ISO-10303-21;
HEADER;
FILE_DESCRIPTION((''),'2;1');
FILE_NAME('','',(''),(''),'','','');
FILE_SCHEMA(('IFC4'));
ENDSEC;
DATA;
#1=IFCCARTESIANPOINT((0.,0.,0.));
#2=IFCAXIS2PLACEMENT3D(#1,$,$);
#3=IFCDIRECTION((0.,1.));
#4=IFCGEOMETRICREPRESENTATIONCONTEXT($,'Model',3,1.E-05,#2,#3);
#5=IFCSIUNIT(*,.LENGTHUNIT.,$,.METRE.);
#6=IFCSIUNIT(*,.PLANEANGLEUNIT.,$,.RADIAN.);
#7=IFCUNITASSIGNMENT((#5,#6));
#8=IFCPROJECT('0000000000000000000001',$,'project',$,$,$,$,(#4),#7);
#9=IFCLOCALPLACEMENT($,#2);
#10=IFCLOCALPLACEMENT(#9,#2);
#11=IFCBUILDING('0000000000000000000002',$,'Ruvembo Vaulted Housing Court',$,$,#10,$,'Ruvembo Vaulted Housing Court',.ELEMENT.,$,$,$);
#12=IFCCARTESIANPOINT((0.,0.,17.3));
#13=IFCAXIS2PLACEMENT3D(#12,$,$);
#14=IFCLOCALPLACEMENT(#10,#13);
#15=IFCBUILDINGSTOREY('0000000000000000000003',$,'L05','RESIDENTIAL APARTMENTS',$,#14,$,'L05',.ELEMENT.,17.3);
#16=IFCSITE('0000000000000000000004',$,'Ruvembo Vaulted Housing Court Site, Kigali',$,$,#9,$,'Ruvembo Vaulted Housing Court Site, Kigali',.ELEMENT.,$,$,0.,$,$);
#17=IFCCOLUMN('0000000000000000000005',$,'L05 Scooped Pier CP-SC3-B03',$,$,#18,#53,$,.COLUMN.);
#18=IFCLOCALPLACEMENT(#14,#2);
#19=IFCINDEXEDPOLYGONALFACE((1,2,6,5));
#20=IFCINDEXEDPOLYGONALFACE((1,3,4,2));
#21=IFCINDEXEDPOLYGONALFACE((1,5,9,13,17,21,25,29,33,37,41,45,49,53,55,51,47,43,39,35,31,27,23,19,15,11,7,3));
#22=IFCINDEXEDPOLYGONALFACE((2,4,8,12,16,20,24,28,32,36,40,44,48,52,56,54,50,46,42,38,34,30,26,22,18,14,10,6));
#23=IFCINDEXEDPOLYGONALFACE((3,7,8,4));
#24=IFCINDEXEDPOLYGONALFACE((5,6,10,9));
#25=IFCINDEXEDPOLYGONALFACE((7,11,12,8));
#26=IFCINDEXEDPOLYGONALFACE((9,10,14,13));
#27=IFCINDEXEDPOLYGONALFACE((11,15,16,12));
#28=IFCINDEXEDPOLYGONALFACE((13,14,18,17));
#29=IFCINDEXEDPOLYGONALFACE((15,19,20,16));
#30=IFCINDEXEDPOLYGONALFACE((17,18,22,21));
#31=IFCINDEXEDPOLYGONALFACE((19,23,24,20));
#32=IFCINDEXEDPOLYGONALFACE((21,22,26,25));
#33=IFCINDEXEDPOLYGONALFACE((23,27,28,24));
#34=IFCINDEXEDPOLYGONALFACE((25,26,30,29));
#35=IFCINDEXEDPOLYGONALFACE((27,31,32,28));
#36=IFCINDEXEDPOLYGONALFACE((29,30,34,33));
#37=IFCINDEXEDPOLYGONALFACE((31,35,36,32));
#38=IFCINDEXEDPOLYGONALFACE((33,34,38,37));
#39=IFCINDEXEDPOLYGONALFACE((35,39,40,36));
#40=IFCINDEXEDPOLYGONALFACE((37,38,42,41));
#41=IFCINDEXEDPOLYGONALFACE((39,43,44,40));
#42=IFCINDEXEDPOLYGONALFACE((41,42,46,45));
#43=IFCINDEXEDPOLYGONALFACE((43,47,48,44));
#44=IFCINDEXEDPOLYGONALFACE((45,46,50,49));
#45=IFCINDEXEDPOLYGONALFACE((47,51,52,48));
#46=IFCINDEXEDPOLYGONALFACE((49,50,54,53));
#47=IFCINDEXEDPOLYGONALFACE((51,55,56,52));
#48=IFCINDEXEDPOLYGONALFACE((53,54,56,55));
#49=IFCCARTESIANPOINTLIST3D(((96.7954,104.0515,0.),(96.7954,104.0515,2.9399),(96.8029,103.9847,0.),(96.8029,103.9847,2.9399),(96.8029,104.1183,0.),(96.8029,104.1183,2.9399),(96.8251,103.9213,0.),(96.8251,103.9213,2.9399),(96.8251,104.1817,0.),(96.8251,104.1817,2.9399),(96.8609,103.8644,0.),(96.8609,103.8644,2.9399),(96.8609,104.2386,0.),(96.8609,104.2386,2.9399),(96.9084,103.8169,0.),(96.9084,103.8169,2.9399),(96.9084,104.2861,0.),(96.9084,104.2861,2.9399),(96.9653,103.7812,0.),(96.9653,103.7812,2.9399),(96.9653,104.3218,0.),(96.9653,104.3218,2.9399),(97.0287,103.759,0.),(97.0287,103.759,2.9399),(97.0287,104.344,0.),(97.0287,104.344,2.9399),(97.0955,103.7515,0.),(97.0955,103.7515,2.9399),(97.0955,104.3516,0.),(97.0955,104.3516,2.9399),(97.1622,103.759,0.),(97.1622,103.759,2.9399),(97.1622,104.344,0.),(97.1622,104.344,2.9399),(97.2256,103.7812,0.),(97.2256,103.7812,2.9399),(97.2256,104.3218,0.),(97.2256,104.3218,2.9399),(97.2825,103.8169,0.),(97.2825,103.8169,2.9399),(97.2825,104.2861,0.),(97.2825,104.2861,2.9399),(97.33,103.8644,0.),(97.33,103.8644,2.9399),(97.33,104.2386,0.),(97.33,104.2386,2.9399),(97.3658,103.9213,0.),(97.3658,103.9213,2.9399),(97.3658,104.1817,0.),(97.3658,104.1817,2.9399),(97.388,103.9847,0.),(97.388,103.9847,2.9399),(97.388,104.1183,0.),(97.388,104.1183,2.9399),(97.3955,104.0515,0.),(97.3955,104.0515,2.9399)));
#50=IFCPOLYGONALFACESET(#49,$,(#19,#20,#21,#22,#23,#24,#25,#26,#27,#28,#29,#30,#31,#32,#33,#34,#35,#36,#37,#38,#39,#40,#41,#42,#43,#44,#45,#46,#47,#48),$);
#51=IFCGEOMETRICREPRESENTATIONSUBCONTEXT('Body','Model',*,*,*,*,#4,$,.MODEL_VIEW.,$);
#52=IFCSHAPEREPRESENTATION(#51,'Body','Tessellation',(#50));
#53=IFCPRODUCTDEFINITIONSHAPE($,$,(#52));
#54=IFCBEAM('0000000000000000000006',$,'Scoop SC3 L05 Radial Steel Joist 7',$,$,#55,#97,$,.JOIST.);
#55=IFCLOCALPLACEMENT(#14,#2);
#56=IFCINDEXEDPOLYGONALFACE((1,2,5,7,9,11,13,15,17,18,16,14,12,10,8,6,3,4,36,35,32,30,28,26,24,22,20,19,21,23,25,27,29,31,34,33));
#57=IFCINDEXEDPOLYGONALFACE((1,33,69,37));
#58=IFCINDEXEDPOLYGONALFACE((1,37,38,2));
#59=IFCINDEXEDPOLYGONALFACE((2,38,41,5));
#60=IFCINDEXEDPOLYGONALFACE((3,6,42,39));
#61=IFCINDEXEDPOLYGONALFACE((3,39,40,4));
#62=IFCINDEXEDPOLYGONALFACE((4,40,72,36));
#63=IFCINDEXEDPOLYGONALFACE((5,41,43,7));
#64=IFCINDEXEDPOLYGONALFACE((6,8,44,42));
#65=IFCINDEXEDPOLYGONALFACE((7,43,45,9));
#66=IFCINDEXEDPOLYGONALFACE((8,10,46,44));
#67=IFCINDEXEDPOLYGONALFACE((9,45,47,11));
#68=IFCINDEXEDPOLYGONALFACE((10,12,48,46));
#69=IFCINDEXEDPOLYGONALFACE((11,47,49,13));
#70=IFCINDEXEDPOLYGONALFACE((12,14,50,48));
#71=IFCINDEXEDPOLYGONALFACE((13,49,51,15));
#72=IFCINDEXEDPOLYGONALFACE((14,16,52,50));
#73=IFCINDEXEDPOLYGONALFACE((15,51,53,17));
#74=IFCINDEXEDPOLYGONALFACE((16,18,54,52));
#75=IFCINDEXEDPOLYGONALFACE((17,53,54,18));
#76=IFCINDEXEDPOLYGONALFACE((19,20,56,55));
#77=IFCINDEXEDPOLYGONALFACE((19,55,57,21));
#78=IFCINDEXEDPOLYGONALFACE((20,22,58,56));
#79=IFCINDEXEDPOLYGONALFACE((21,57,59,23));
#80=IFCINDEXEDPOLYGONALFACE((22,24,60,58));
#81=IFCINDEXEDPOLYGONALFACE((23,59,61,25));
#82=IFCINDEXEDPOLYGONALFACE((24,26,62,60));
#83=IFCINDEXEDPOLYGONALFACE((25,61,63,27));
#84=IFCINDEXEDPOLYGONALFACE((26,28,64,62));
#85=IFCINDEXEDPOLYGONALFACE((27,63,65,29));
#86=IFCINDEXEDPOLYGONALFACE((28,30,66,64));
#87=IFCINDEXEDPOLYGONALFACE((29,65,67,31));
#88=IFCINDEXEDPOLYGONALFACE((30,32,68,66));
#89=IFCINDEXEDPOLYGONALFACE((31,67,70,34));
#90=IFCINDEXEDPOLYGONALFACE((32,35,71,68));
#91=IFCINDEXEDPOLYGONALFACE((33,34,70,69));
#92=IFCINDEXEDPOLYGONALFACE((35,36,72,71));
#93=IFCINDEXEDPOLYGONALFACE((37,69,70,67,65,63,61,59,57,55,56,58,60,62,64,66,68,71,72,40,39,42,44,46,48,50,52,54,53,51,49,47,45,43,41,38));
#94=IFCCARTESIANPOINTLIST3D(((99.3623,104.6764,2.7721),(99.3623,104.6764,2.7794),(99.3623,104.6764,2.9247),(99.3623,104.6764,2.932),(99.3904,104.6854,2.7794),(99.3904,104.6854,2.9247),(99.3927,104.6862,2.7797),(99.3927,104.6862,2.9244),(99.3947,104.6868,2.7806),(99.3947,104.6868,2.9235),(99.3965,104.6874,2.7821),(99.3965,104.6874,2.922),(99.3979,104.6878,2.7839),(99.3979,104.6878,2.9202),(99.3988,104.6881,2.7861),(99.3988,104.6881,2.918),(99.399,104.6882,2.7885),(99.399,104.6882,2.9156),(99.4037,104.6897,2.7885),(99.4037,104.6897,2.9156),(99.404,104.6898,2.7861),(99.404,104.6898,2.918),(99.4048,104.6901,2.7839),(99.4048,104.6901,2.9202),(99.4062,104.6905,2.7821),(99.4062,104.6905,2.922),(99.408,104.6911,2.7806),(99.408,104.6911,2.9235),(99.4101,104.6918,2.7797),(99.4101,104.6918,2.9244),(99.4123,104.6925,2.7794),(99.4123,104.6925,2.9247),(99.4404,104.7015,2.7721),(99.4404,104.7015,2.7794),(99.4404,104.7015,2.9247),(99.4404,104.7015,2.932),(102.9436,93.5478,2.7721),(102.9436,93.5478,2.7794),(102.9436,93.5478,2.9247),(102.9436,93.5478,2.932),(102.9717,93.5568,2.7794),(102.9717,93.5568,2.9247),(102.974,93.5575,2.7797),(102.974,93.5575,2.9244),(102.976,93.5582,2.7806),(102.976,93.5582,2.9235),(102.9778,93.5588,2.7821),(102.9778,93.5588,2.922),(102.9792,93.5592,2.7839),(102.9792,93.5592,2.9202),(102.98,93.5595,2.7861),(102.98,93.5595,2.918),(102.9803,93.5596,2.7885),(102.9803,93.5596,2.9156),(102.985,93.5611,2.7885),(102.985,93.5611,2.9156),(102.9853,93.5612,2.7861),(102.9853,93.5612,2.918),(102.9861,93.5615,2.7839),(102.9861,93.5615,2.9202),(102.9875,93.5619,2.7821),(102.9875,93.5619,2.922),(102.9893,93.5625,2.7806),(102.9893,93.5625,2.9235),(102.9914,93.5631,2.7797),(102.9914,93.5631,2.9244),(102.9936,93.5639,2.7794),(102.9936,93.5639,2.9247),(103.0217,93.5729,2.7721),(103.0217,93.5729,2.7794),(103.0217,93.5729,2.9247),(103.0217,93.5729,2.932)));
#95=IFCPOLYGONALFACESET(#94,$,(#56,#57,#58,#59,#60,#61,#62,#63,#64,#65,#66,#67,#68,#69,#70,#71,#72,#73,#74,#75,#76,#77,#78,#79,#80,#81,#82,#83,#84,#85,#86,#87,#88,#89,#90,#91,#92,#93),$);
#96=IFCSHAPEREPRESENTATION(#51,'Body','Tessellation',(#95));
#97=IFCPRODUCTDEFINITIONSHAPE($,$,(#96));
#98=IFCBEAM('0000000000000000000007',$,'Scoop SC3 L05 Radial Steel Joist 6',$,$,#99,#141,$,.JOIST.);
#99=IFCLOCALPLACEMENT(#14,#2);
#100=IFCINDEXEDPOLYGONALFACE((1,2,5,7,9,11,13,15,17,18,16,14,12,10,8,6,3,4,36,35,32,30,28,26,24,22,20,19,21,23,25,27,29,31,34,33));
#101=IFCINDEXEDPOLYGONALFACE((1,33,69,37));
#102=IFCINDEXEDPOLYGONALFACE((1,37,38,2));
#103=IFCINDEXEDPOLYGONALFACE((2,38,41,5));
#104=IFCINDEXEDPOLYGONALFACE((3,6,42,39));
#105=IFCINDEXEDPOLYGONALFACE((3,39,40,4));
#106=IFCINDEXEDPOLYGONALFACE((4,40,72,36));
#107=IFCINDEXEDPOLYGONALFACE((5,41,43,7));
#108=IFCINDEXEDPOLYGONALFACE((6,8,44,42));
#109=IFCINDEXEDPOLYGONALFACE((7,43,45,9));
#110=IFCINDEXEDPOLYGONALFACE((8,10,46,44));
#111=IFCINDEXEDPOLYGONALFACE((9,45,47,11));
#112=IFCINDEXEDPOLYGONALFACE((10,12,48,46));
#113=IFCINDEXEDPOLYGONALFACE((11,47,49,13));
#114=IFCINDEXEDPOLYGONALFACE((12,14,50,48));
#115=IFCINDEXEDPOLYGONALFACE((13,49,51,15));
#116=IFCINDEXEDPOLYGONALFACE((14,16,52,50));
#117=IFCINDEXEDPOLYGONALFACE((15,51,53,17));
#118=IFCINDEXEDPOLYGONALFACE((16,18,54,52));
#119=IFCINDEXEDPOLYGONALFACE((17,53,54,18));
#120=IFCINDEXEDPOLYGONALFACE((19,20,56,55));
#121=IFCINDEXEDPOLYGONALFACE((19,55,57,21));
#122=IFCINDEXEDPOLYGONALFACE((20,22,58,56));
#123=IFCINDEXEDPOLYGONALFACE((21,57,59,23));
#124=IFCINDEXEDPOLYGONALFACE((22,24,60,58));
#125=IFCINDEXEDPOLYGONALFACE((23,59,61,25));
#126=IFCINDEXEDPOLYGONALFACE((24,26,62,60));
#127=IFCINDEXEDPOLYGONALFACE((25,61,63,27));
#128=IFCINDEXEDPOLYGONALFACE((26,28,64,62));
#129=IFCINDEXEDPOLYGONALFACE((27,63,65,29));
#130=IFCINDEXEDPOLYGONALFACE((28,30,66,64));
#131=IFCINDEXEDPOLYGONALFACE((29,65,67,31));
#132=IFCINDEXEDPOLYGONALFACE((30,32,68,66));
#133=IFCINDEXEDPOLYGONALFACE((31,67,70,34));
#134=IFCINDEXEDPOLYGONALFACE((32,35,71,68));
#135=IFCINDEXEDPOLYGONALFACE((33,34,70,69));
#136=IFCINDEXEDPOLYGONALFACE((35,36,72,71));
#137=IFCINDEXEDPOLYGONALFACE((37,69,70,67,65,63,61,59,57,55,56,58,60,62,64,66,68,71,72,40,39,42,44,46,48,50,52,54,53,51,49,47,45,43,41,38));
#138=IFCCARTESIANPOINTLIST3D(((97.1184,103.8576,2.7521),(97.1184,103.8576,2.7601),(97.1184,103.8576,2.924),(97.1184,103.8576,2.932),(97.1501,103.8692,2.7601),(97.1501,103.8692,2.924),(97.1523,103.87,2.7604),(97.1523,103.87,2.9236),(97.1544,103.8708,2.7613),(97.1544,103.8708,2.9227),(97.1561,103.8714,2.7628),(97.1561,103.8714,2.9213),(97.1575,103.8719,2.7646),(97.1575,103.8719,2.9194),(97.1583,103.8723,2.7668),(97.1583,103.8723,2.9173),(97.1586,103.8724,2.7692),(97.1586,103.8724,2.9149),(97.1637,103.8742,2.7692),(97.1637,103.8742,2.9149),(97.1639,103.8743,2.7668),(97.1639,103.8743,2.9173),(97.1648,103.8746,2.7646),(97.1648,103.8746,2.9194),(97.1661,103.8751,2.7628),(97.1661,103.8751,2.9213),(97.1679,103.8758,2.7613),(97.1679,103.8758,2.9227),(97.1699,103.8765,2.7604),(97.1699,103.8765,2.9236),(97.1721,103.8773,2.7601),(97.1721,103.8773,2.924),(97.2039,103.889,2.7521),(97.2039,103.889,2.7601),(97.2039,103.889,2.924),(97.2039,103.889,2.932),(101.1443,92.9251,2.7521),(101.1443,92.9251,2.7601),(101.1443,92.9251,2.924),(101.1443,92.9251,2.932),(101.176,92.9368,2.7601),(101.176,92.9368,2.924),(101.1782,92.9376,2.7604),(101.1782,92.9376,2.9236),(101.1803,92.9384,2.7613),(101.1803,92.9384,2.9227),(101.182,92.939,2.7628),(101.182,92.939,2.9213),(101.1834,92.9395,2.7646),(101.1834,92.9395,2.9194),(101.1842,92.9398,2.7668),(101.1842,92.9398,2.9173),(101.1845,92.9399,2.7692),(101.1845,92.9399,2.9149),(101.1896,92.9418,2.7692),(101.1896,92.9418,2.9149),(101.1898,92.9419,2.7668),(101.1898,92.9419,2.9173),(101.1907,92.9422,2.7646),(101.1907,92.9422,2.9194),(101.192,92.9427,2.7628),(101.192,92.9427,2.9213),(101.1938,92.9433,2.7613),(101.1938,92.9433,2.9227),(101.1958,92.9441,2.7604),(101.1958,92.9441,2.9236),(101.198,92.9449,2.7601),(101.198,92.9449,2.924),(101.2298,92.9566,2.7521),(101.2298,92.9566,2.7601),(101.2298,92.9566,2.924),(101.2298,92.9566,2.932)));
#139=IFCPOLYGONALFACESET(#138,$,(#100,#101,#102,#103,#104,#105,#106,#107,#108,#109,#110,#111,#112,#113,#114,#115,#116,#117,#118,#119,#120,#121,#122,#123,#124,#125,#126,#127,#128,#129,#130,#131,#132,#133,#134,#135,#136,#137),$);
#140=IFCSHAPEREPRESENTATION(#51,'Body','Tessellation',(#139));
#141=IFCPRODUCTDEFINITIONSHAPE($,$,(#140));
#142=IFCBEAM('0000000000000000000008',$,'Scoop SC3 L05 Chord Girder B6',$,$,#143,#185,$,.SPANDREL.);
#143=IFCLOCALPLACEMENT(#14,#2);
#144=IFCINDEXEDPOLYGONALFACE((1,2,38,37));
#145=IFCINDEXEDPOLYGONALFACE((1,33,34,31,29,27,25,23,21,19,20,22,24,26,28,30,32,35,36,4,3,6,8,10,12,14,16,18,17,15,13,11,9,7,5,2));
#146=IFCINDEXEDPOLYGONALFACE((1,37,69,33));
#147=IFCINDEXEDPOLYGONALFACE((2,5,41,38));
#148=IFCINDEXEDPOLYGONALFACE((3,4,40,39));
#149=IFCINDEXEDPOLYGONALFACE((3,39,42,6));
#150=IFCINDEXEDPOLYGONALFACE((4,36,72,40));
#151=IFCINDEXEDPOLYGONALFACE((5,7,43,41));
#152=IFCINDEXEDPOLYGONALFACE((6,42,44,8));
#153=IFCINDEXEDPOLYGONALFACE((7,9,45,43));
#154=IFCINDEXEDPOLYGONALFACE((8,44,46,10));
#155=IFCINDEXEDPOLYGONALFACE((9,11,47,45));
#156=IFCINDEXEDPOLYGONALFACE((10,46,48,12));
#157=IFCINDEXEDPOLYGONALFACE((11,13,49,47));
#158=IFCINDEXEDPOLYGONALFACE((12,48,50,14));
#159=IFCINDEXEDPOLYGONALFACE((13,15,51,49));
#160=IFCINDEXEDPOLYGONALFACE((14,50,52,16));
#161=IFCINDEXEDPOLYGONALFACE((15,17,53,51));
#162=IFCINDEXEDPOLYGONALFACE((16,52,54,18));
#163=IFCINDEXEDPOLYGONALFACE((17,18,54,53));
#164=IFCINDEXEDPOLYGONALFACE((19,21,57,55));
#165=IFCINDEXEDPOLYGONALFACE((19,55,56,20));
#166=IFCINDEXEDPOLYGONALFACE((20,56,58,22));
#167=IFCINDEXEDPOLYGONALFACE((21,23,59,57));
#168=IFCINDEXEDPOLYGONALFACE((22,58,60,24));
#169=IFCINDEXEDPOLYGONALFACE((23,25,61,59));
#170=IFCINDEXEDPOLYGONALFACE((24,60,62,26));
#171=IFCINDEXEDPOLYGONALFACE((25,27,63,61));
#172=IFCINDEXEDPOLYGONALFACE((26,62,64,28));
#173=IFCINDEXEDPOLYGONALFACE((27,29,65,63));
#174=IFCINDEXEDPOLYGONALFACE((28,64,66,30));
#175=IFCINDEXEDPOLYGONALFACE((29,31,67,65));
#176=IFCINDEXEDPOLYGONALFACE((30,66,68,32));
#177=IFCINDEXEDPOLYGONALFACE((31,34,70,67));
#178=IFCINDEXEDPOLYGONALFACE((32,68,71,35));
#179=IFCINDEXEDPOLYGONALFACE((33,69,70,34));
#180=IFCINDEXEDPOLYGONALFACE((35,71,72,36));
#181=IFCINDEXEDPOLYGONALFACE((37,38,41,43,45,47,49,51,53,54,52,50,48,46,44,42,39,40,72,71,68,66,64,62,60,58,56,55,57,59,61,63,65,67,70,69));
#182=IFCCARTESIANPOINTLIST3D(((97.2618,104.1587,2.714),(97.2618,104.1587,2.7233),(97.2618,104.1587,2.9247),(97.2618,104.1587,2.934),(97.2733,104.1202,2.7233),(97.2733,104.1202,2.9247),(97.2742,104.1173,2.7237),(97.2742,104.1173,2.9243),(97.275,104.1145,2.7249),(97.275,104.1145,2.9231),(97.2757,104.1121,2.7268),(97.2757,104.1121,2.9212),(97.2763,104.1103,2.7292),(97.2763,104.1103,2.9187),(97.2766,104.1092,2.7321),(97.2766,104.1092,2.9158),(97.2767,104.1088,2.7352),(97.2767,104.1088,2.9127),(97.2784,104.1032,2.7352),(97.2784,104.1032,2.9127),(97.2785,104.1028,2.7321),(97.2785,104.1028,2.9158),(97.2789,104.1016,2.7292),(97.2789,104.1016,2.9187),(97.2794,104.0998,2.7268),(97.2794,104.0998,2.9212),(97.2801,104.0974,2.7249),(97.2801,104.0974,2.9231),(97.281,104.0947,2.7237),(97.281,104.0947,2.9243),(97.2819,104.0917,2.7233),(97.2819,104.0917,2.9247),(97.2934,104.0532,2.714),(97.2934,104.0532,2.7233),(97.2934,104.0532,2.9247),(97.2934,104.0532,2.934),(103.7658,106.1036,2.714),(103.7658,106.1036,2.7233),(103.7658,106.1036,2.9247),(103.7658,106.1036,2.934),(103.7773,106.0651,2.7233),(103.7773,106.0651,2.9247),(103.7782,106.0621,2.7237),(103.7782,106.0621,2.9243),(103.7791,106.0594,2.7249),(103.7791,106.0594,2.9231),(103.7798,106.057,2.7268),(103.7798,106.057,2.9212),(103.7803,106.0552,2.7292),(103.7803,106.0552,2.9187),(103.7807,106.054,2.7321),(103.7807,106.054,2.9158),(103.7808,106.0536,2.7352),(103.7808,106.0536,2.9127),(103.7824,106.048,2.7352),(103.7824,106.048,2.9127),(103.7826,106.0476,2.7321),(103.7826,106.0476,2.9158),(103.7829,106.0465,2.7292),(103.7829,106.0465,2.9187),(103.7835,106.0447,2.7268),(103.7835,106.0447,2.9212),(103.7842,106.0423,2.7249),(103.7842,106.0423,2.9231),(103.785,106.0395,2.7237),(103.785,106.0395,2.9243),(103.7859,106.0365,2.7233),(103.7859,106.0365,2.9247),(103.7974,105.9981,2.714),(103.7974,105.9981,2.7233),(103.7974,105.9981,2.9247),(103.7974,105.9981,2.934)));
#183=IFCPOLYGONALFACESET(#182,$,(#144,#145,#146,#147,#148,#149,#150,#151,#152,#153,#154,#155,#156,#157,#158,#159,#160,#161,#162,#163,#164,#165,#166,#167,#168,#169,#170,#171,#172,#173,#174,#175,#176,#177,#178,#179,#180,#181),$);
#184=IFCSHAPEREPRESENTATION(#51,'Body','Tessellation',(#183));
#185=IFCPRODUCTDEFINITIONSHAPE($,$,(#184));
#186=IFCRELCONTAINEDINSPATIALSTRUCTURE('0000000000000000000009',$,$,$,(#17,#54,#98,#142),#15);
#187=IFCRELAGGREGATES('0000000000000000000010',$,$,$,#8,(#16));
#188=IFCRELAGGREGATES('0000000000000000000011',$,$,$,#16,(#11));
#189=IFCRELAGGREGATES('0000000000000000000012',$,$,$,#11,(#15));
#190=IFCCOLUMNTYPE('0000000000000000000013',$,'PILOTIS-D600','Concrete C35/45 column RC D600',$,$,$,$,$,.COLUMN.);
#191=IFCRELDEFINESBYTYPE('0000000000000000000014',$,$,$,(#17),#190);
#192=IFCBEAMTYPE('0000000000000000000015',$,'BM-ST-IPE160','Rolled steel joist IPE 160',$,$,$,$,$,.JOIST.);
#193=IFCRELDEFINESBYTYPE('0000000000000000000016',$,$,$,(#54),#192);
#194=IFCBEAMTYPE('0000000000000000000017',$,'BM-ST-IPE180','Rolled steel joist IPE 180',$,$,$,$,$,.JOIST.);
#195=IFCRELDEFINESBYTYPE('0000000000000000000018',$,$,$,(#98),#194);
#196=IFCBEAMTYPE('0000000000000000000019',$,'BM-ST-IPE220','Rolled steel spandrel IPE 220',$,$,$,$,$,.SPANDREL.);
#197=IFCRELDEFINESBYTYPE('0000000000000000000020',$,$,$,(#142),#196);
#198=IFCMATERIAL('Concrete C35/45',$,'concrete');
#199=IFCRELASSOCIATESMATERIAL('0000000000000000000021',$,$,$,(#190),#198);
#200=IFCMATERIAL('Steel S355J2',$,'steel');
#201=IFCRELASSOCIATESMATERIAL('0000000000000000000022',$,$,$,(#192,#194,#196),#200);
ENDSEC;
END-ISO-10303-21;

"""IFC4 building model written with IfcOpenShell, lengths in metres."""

from ifc_helpers import new_model, si_unit, direction, frame, origin, origin_2d, place, context, subcontext, project, spatial, circle, i_section, extrude, material, material_profile, profile_set, type_object, element, save


model = new_model("IFC4")

# Units and contexts
model_context = context("Model", 3, precision=1e-05, world=origin(), true_north=direction((0.0, 1.0)))
body_context = subcontext(model_context, "Body", "Model", "MODEL_VIEW")
ifc_project = project(units=[si_unit("LENGTHUNIT", "METRE"), si_unit("PLANEANGLEUNIT", "RADIAN")], contexts=[model_context])

# Site, building, storey
site_placement = place(None, origin())
site = spatial("IfcSite", under=ifc_project, at=site_placement, Name="Ruvembo Vaulted Housing Court Site, Kigali", LongName="Ruvembo Vaulted Housing Court Site, Kigali", CompositionType="ELEMENT", RefElevation=0.0)
building_placement = place(site_placement, origin())
building = spatial("IfcBuilding", under=site, at=building_placement, Name="Ruvembo Vaulted Housing Court", LongName="Ruvembo Vaulted Housing Court", CompositionType="ELEMENT")
storey_placement = place(building_placement, frame((0.0, 0.0, 17.3)))
storey = spatial("IfcBuildingStorey", under=building, at=storey_placement, Name="L05", Description="RESIDENTIAL APARTMENTS", LongName="L05", CompositionType="ELEMENT", Elevation=17.3)

# Column
ifc_material_1 = material(Name="Concrete C35/45", Category="concrete")
ifc_material_profile_1 = material_profile(ifc_material_1, circle(Radius=0.3, at=origin_2d()), Name="RC D600")
ifc_profile_set_1 = profile_set([ifc_material_profile_1], Name="Concrete C35/45")
column_type = type_object("IfcColumnType", Name="PILOTIS-D600", Description="Concrete C35/45 column RC D600", PredefinedType="COLUMN", material=ifc_profile_set_1)
column_placement = place(storey_placement, frame((97.0955, 104.0515, 0.0), z_axis=(0.0, 0.0, 1.0), x_axis=(1.0, 0.0, 0.0)))
element("IfcColumn", 1, at=column_placement, inside=storey, type_object=column_type, Name="L05 Scooped Pier CP-SC3-B03", PredefinedType="COLUMN", context=body_context, shape_type="SweptSolid", body=[
    extrude(circle(Radius=0.3, at=origin_2d()), origin(), (0.0, 0.0, 1.0), 2.9399),
])

# Beams
ifc_material_2 = material(Name="Steel S355J2", Category="steel")
ifc_material_profile_2 = material_profile(ifc_material_2, i_section(OverallWidth=0.082, OverallDepth=0.1599, WebThickness=0.0049, FlangeThickness=0.0073, FilletRadius=0.009, at=origin_2d()), Name="IPE 160")
ifc_profile_set_2 = profile_set([ifc_material_profile_2], Name="Steel S355J2")
beam_type_1 = type_object("IfcBeamType", Name="BM-ST-IPE160", Description="Rolled steel joist IPE 160", PredefinedType="JOIST", material=ifc_profile_set_2)
beam_1_placement = place(storey_placement, frame((99.4014, 104.689, 2.8521), z_axis=(0.306337, -0.951923, 0.0), x_axis=(0.951923, 0.306337, 0.0)))
element("IfcBeam", 2, at=beam_1_placement, inside=storey, type_object=beam_type_1, Name="Scoop SC3 L05 Radial Steel Joist 7", PredefinedType="JOIST", context=body_context, shape_type="SweptSolid", body=[
    extrude(i_section(OverallWidth=0.082, OverallDepth=0.1599, WebThickness=0.0049, FlangeThickness=0.0073, FilletRadius=0.009, at=origin_2d()), origin(), (0.0, 0.0, 1.0), 11.6907),
])
ifc_material_profile_3 = material_profile(ifc_material_2, i_section(OverallWidth=0.0911, OverallDepth=0.1799, WebThickness=0.0054, FlangeThickness=0.0081, FilletRadius=0.009, at=origin_2d()), Name="IPE 180")
ifc_profile_set_3 = profile_set([ifc_material_profile_3], Name="Steel S355J2")
beam_type_2 = type_object("IfcBeamType", Name="BM-ST-IPE180", Description="Rolled steel joist IPE 180", PredefinedType="JOIST", material=ifc_profile_set_3)
beam_2_placement = place(storey_placement, frame((97.1611, 103.8733, 2.842), z_axis=(0.345566, -0.938394, 0.0), x_axis=(0.938394, 0.345566, 0.0)))
element("IfcBeam", 3, at=beam_2_placement, inside=storey, type_object=beam_type_2, Name="Scoop SC3 L05 Radial Steel Joist 6", PredefinedType="JOIST", context=body_context, shape_type="SweptSolid", body=[
    extrude(i_section(OverallWidth=0.0911, OverallDepth=0.1799, WebThickness=0.0054, FlangeThickness=0.0081, FilletRadius=0.009, at=origin_2d()), origin(), (0.0, 0.0, 1.0), 11.6501),
])
ifc_material_profile_4 = material_profile(ifc_material_2, i_section(OverallWidth=0.1101, OverallDepth=0.22, WebThickness=0.0059, FlangeThickness=0.0093, FilletRadius=0.012, at=origin_2d()), Name="IPE 220")
ifc_profile_set_4 = profile_set([ifc_material_profile_4], Name="Steel S355J2")
beam_type_3 = type_object("IfcBeamType", Name="BM-ST-IPE220", Description="Rolled steel spandrel IPE 220", PredefinedType="SPANDREL", material=ifc_profile_set_4)
beam_3_placement = place(storey_placement, frame((97.2776, 104.106, 2.824), z_axis=(0.958083, 0.28649, 0.0), x_axis=(-0.28649, 0.958083, 0.0)))
element("IfcBeam", 4, at=beam_3_placement, inside=storey, type_object=beam_type_3, Name="Scoop SC3 L05 Chord Girder B6", PredefinedType="SPANDREL", context=body_context, shape_type="SweptSolid", body=[
    extrude(i_section(OverallWidth=0.1101, OverallDepth=0.22, WebThickness=0.0059, FlangeThickness=0.0093, FilletRadius=0.012, at=origin_2d()), origin(), (0.0, 0.0, 1.0), 6.7886),
])

save(model, "model.ifc")
